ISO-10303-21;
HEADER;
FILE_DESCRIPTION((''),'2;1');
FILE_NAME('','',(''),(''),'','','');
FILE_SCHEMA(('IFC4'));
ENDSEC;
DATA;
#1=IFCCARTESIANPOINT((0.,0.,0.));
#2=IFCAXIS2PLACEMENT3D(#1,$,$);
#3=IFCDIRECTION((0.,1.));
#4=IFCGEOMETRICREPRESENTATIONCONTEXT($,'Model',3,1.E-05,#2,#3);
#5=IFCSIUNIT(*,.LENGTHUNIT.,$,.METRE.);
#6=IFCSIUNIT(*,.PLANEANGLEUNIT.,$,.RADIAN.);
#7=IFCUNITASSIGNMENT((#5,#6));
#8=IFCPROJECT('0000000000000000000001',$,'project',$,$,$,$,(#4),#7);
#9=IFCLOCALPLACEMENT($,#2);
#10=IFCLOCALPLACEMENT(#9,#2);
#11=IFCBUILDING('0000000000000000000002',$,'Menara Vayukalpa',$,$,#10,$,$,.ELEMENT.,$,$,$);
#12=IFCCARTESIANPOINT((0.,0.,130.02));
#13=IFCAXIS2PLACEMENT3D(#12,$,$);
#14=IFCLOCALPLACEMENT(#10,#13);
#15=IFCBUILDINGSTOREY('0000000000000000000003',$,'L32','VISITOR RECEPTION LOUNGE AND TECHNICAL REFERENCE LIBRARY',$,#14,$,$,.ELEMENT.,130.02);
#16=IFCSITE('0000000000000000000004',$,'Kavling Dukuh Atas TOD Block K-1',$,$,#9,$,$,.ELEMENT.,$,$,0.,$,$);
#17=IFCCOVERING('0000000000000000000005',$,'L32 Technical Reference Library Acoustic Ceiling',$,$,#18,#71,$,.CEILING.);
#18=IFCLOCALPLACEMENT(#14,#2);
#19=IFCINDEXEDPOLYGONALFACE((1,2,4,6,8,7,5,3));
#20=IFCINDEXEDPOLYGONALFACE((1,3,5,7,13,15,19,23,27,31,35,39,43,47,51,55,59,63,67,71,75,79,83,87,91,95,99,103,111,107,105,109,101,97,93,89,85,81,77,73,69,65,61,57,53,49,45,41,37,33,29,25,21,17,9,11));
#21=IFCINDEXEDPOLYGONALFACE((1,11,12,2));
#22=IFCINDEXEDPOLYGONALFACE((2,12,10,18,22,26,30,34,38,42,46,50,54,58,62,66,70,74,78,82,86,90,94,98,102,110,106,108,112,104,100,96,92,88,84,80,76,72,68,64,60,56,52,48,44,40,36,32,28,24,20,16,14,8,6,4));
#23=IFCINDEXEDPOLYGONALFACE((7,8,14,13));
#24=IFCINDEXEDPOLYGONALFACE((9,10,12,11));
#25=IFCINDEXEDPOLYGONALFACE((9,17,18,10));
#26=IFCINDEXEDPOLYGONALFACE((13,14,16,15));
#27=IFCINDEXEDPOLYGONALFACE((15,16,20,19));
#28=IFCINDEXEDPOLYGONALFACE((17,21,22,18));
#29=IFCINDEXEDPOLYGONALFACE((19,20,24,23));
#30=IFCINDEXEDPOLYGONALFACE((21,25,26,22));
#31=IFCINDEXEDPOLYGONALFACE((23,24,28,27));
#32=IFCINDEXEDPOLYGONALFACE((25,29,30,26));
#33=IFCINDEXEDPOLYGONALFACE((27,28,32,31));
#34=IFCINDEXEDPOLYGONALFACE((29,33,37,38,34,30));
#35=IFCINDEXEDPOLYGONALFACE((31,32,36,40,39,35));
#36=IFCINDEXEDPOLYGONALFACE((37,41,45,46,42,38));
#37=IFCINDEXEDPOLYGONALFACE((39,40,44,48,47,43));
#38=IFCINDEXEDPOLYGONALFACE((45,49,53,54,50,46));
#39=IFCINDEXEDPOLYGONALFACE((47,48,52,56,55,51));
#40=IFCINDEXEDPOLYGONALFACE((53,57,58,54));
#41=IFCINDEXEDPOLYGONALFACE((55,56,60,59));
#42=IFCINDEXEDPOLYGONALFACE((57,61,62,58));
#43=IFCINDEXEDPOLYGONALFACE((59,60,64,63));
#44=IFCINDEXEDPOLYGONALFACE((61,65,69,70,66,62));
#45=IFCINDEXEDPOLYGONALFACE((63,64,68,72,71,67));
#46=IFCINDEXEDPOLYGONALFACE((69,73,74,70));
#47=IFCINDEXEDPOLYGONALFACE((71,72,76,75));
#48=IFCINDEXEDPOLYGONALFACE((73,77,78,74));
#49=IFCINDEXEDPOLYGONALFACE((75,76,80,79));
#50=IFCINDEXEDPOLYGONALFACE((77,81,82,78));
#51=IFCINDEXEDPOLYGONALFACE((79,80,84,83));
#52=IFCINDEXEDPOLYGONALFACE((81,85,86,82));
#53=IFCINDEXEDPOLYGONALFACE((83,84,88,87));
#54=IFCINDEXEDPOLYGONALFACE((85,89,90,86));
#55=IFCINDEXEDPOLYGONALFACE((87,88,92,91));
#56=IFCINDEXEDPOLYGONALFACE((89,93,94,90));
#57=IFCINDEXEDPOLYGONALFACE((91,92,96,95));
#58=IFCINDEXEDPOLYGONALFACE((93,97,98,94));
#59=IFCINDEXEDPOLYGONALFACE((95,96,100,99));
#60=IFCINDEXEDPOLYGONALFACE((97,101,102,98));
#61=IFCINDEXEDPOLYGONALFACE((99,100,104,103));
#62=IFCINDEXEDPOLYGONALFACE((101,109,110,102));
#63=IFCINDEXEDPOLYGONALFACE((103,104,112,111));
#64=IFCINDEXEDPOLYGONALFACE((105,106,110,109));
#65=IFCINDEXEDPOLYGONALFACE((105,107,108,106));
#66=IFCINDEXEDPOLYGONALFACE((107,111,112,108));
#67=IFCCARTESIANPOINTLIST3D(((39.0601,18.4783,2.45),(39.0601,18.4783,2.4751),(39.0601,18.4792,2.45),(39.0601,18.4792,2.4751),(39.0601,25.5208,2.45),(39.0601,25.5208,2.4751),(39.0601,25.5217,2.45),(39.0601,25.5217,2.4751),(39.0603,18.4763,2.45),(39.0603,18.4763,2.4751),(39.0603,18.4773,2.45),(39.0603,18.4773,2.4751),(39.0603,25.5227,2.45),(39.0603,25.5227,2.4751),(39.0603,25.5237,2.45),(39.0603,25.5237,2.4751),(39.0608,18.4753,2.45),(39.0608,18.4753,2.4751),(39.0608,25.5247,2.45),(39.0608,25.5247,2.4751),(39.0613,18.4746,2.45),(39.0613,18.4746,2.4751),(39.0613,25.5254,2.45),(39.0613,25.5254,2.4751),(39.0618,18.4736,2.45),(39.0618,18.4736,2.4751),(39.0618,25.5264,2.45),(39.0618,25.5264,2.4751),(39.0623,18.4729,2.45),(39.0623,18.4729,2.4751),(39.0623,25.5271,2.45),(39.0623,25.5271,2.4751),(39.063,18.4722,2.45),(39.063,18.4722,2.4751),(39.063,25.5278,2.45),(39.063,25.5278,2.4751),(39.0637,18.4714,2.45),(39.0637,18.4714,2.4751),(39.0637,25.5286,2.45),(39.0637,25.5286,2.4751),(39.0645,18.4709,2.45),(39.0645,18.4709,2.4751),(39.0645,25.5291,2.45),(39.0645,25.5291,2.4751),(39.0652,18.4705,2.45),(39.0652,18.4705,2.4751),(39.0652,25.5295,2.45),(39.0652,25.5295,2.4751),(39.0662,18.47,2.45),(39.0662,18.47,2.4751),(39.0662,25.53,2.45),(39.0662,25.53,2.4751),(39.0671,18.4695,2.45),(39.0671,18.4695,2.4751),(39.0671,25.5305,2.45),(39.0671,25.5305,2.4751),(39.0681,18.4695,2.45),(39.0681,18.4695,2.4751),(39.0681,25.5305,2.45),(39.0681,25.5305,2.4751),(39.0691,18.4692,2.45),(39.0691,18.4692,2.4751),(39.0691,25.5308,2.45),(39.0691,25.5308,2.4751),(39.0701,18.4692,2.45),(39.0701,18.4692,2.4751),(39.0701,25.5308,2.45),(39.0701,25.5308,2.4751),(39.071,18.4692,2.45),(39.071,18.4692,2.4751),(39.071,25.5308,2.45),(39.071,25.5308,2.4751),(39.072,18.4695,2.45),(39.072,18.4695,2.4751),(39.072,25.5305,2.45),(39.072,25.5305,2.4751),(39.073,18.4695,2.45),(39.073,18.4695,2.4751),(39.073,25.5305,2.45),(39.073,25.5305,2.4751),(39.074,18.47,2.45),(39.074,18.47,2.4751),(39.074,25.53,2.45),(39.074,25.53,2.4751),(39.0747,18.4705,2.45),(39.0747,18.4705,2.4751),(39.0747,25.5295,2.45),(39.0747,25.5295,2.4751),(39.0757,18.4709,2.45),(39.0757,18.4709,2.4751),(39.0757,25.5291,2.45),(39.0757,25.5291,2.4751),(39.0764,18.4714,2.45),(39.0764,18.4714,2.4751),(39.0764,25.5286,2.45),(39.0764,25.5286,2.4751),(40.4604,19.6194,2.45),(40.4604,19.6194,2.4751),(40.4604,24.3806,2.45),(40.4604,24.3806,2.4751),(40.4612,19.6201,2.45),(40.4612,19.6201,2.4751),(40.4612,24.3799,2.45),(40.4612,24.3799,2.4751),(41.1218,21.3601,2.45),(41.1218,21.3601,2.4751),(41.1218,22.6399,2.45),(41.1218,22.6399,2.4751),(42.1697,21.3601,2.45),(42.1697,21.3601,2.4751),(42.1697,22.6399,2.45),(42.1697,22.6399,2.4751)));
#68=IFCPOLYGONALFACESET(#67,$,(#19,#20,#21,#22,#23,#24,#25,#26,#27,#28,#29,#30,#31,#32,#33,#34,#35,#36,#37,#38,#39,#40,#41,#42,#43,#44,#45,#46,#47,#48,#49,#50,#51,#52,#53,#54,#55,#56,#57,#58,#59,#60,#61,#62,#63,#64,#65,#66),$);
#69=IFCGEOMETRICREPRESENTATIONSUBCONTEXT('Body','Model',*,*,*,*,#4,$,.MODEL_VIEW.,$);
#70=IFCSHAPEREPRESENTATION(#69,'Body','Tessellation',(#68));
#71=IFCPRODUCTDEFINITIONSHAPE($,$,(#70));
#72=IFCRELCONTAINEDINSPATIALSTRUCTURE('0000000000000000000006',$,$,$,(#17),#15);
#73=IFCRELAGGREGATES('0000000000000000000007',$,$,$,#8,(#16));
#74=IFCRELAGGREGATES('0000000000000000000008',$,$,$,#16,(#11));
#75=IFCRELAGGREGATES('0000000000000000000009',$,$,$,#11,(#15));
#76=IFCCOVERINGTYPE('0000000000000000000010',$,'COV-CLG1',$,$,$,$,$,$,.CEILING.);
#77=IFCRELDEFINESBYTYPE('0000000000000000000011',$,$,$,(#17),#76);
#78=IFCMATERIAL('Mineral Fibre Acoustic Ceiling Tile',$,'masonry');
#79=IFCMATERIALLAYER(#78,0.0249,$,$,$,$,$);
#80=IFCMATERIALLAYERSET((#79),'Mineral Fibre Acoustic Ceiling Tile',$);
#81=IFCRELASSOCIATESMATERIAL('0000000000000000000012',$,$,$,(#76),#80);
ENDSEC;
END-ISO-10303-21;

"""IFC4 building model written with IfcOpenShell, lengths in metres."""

from ifc_helpers import new_model, si_unit, direction, frame, origin, place, context, subcontext, project, spatial, polyline, outline, extrude, material, layer, layer_set, type_object, element, save


model = new_model("IFC4")

# Units and contexts
model_context = context("Model", 3, precision=1e-05, world=origin(), true_north=direction((0.0, 1.0)))
body_context = subcontext(model_context, "Body", "Model", "MODEL_VIEW")
ifc_project = project(units=[si_unit("LENGTHUNIT", "METRE"), si_unit("PLANEANGLEUNIT", "RADIAN")], contexts=[model_context])

# Site, building, storey
site_placement = place(None, origin())
site = spatial("IfcSite", under=ifc_project, at=site_placement, Name="Kavling Dukuh Atas TOD Block K-1", CompositionType="ELEMENT", RefElevation=0.0)
building_placement = place(site_placement, origin())
building = spatial("IfcBuilding", under=site, at=building_placement, Name="Menara Vayukalpa", CompositionType="ELEMENT")
storey_placement = place(building_placement, frame((0.0, 0.0, 130.02)))
storey = spatial("IfcBuildingStorey", under=building, at=storey_placement, Name="L32", Description="VISITOR RECEPTION LOUNGE AND TECHNICAL REFERENCE LIBRARY", CompositionType="ELEMENT", Elevation=130.02)

# Covering
ifc_material_1 = material(Name="Mineral Fibre Acoustic Ceiling Tile", Category="masonry")
ifc_layer_1 = layer(ifc_material_1, 0.0249)
ifc_layer_set_1 = layer_set([ifc_layer_1], Name="Mineral Fibre Acoustic Ceiling Tile")
covering_type_1 = type_object("IfcCoveringType", Name="COV-CLG1", PredefinedType="CEILING", material=ifc_layer_set_1)
covering_1_placement = place(storey_placement, frame((0.0, 0.0, 2.45)))
element("IfcCovering", 1, at=covering_1_placement, inside=storey, type_object=covering_type_1, Name="L32 Technical Reference Library Acoustic Ceiling", PredefinedType="CEILING", context=body_context, shape_type="SweptSolid", body=[
    extrude(outline(polyline([(42.1697, 22.6399), (41.1218, 22.6399), (41.1218, 21.3601), (42.1697, 21.3601), (40.4612, 19.6201), (40.4604, 19.6194), (39.0764, 18.4714), (39.0757, 18.4709), (39.0747, 18.4705), (39.074, 18.47), (39.073, 18.4695), (39.072, 18.4695), (39.071, 18.4692), (39.0701, 18.4692), (39.0691, 18.4692), (39.0681, 18.4695), (39.0671, 18.4695), (39.0662, 18.47), (39.0652, 18.4705), (39.0645, 18.4709), (39.0637, 18.4714), (39.063, 18.4722), (39.0623, 18.4729), (39.0618, 18.4736), (39.0613, 18.4746), (39.0608, 18.4753), (39.0603, 18.4763), (39.0603, 18.4773), (39.0601, 18.4783), (39.0601, 18.4792), (39.0601, 25.5208), (39.0601, 25.5217), (39.0603, 25.5227), (39.0603, 25.5237), (39.0608, 25.5247), (39.0613, 25.5254), (39.0618, 25.5264), (39.0623, 25.5271), (39.063, 25.5278), (39.0637, 25.5286), (39.0645, 25.5291), (39.0652, 25.5295), (39.0662, 25.53), (39.0671, 25.5305), (39.0681, 25.5305), (39.0691, 25.5308), (39.0701, 25.5308), (39.071, 25.5308), (39.072, 25.5305), (39.073, 25.5305), (39.074, 25.53), (39.0747, 25.5295), (39.0757, 25.5291), (39.0764, 25.5286), (40.4604, 24.3806), (40.4612, 24.3799), (42.1697, 22.6399)])), origin(), (0.0, 0.0, 1.0), 0.0251),
])

save(model, "model.ifc")
